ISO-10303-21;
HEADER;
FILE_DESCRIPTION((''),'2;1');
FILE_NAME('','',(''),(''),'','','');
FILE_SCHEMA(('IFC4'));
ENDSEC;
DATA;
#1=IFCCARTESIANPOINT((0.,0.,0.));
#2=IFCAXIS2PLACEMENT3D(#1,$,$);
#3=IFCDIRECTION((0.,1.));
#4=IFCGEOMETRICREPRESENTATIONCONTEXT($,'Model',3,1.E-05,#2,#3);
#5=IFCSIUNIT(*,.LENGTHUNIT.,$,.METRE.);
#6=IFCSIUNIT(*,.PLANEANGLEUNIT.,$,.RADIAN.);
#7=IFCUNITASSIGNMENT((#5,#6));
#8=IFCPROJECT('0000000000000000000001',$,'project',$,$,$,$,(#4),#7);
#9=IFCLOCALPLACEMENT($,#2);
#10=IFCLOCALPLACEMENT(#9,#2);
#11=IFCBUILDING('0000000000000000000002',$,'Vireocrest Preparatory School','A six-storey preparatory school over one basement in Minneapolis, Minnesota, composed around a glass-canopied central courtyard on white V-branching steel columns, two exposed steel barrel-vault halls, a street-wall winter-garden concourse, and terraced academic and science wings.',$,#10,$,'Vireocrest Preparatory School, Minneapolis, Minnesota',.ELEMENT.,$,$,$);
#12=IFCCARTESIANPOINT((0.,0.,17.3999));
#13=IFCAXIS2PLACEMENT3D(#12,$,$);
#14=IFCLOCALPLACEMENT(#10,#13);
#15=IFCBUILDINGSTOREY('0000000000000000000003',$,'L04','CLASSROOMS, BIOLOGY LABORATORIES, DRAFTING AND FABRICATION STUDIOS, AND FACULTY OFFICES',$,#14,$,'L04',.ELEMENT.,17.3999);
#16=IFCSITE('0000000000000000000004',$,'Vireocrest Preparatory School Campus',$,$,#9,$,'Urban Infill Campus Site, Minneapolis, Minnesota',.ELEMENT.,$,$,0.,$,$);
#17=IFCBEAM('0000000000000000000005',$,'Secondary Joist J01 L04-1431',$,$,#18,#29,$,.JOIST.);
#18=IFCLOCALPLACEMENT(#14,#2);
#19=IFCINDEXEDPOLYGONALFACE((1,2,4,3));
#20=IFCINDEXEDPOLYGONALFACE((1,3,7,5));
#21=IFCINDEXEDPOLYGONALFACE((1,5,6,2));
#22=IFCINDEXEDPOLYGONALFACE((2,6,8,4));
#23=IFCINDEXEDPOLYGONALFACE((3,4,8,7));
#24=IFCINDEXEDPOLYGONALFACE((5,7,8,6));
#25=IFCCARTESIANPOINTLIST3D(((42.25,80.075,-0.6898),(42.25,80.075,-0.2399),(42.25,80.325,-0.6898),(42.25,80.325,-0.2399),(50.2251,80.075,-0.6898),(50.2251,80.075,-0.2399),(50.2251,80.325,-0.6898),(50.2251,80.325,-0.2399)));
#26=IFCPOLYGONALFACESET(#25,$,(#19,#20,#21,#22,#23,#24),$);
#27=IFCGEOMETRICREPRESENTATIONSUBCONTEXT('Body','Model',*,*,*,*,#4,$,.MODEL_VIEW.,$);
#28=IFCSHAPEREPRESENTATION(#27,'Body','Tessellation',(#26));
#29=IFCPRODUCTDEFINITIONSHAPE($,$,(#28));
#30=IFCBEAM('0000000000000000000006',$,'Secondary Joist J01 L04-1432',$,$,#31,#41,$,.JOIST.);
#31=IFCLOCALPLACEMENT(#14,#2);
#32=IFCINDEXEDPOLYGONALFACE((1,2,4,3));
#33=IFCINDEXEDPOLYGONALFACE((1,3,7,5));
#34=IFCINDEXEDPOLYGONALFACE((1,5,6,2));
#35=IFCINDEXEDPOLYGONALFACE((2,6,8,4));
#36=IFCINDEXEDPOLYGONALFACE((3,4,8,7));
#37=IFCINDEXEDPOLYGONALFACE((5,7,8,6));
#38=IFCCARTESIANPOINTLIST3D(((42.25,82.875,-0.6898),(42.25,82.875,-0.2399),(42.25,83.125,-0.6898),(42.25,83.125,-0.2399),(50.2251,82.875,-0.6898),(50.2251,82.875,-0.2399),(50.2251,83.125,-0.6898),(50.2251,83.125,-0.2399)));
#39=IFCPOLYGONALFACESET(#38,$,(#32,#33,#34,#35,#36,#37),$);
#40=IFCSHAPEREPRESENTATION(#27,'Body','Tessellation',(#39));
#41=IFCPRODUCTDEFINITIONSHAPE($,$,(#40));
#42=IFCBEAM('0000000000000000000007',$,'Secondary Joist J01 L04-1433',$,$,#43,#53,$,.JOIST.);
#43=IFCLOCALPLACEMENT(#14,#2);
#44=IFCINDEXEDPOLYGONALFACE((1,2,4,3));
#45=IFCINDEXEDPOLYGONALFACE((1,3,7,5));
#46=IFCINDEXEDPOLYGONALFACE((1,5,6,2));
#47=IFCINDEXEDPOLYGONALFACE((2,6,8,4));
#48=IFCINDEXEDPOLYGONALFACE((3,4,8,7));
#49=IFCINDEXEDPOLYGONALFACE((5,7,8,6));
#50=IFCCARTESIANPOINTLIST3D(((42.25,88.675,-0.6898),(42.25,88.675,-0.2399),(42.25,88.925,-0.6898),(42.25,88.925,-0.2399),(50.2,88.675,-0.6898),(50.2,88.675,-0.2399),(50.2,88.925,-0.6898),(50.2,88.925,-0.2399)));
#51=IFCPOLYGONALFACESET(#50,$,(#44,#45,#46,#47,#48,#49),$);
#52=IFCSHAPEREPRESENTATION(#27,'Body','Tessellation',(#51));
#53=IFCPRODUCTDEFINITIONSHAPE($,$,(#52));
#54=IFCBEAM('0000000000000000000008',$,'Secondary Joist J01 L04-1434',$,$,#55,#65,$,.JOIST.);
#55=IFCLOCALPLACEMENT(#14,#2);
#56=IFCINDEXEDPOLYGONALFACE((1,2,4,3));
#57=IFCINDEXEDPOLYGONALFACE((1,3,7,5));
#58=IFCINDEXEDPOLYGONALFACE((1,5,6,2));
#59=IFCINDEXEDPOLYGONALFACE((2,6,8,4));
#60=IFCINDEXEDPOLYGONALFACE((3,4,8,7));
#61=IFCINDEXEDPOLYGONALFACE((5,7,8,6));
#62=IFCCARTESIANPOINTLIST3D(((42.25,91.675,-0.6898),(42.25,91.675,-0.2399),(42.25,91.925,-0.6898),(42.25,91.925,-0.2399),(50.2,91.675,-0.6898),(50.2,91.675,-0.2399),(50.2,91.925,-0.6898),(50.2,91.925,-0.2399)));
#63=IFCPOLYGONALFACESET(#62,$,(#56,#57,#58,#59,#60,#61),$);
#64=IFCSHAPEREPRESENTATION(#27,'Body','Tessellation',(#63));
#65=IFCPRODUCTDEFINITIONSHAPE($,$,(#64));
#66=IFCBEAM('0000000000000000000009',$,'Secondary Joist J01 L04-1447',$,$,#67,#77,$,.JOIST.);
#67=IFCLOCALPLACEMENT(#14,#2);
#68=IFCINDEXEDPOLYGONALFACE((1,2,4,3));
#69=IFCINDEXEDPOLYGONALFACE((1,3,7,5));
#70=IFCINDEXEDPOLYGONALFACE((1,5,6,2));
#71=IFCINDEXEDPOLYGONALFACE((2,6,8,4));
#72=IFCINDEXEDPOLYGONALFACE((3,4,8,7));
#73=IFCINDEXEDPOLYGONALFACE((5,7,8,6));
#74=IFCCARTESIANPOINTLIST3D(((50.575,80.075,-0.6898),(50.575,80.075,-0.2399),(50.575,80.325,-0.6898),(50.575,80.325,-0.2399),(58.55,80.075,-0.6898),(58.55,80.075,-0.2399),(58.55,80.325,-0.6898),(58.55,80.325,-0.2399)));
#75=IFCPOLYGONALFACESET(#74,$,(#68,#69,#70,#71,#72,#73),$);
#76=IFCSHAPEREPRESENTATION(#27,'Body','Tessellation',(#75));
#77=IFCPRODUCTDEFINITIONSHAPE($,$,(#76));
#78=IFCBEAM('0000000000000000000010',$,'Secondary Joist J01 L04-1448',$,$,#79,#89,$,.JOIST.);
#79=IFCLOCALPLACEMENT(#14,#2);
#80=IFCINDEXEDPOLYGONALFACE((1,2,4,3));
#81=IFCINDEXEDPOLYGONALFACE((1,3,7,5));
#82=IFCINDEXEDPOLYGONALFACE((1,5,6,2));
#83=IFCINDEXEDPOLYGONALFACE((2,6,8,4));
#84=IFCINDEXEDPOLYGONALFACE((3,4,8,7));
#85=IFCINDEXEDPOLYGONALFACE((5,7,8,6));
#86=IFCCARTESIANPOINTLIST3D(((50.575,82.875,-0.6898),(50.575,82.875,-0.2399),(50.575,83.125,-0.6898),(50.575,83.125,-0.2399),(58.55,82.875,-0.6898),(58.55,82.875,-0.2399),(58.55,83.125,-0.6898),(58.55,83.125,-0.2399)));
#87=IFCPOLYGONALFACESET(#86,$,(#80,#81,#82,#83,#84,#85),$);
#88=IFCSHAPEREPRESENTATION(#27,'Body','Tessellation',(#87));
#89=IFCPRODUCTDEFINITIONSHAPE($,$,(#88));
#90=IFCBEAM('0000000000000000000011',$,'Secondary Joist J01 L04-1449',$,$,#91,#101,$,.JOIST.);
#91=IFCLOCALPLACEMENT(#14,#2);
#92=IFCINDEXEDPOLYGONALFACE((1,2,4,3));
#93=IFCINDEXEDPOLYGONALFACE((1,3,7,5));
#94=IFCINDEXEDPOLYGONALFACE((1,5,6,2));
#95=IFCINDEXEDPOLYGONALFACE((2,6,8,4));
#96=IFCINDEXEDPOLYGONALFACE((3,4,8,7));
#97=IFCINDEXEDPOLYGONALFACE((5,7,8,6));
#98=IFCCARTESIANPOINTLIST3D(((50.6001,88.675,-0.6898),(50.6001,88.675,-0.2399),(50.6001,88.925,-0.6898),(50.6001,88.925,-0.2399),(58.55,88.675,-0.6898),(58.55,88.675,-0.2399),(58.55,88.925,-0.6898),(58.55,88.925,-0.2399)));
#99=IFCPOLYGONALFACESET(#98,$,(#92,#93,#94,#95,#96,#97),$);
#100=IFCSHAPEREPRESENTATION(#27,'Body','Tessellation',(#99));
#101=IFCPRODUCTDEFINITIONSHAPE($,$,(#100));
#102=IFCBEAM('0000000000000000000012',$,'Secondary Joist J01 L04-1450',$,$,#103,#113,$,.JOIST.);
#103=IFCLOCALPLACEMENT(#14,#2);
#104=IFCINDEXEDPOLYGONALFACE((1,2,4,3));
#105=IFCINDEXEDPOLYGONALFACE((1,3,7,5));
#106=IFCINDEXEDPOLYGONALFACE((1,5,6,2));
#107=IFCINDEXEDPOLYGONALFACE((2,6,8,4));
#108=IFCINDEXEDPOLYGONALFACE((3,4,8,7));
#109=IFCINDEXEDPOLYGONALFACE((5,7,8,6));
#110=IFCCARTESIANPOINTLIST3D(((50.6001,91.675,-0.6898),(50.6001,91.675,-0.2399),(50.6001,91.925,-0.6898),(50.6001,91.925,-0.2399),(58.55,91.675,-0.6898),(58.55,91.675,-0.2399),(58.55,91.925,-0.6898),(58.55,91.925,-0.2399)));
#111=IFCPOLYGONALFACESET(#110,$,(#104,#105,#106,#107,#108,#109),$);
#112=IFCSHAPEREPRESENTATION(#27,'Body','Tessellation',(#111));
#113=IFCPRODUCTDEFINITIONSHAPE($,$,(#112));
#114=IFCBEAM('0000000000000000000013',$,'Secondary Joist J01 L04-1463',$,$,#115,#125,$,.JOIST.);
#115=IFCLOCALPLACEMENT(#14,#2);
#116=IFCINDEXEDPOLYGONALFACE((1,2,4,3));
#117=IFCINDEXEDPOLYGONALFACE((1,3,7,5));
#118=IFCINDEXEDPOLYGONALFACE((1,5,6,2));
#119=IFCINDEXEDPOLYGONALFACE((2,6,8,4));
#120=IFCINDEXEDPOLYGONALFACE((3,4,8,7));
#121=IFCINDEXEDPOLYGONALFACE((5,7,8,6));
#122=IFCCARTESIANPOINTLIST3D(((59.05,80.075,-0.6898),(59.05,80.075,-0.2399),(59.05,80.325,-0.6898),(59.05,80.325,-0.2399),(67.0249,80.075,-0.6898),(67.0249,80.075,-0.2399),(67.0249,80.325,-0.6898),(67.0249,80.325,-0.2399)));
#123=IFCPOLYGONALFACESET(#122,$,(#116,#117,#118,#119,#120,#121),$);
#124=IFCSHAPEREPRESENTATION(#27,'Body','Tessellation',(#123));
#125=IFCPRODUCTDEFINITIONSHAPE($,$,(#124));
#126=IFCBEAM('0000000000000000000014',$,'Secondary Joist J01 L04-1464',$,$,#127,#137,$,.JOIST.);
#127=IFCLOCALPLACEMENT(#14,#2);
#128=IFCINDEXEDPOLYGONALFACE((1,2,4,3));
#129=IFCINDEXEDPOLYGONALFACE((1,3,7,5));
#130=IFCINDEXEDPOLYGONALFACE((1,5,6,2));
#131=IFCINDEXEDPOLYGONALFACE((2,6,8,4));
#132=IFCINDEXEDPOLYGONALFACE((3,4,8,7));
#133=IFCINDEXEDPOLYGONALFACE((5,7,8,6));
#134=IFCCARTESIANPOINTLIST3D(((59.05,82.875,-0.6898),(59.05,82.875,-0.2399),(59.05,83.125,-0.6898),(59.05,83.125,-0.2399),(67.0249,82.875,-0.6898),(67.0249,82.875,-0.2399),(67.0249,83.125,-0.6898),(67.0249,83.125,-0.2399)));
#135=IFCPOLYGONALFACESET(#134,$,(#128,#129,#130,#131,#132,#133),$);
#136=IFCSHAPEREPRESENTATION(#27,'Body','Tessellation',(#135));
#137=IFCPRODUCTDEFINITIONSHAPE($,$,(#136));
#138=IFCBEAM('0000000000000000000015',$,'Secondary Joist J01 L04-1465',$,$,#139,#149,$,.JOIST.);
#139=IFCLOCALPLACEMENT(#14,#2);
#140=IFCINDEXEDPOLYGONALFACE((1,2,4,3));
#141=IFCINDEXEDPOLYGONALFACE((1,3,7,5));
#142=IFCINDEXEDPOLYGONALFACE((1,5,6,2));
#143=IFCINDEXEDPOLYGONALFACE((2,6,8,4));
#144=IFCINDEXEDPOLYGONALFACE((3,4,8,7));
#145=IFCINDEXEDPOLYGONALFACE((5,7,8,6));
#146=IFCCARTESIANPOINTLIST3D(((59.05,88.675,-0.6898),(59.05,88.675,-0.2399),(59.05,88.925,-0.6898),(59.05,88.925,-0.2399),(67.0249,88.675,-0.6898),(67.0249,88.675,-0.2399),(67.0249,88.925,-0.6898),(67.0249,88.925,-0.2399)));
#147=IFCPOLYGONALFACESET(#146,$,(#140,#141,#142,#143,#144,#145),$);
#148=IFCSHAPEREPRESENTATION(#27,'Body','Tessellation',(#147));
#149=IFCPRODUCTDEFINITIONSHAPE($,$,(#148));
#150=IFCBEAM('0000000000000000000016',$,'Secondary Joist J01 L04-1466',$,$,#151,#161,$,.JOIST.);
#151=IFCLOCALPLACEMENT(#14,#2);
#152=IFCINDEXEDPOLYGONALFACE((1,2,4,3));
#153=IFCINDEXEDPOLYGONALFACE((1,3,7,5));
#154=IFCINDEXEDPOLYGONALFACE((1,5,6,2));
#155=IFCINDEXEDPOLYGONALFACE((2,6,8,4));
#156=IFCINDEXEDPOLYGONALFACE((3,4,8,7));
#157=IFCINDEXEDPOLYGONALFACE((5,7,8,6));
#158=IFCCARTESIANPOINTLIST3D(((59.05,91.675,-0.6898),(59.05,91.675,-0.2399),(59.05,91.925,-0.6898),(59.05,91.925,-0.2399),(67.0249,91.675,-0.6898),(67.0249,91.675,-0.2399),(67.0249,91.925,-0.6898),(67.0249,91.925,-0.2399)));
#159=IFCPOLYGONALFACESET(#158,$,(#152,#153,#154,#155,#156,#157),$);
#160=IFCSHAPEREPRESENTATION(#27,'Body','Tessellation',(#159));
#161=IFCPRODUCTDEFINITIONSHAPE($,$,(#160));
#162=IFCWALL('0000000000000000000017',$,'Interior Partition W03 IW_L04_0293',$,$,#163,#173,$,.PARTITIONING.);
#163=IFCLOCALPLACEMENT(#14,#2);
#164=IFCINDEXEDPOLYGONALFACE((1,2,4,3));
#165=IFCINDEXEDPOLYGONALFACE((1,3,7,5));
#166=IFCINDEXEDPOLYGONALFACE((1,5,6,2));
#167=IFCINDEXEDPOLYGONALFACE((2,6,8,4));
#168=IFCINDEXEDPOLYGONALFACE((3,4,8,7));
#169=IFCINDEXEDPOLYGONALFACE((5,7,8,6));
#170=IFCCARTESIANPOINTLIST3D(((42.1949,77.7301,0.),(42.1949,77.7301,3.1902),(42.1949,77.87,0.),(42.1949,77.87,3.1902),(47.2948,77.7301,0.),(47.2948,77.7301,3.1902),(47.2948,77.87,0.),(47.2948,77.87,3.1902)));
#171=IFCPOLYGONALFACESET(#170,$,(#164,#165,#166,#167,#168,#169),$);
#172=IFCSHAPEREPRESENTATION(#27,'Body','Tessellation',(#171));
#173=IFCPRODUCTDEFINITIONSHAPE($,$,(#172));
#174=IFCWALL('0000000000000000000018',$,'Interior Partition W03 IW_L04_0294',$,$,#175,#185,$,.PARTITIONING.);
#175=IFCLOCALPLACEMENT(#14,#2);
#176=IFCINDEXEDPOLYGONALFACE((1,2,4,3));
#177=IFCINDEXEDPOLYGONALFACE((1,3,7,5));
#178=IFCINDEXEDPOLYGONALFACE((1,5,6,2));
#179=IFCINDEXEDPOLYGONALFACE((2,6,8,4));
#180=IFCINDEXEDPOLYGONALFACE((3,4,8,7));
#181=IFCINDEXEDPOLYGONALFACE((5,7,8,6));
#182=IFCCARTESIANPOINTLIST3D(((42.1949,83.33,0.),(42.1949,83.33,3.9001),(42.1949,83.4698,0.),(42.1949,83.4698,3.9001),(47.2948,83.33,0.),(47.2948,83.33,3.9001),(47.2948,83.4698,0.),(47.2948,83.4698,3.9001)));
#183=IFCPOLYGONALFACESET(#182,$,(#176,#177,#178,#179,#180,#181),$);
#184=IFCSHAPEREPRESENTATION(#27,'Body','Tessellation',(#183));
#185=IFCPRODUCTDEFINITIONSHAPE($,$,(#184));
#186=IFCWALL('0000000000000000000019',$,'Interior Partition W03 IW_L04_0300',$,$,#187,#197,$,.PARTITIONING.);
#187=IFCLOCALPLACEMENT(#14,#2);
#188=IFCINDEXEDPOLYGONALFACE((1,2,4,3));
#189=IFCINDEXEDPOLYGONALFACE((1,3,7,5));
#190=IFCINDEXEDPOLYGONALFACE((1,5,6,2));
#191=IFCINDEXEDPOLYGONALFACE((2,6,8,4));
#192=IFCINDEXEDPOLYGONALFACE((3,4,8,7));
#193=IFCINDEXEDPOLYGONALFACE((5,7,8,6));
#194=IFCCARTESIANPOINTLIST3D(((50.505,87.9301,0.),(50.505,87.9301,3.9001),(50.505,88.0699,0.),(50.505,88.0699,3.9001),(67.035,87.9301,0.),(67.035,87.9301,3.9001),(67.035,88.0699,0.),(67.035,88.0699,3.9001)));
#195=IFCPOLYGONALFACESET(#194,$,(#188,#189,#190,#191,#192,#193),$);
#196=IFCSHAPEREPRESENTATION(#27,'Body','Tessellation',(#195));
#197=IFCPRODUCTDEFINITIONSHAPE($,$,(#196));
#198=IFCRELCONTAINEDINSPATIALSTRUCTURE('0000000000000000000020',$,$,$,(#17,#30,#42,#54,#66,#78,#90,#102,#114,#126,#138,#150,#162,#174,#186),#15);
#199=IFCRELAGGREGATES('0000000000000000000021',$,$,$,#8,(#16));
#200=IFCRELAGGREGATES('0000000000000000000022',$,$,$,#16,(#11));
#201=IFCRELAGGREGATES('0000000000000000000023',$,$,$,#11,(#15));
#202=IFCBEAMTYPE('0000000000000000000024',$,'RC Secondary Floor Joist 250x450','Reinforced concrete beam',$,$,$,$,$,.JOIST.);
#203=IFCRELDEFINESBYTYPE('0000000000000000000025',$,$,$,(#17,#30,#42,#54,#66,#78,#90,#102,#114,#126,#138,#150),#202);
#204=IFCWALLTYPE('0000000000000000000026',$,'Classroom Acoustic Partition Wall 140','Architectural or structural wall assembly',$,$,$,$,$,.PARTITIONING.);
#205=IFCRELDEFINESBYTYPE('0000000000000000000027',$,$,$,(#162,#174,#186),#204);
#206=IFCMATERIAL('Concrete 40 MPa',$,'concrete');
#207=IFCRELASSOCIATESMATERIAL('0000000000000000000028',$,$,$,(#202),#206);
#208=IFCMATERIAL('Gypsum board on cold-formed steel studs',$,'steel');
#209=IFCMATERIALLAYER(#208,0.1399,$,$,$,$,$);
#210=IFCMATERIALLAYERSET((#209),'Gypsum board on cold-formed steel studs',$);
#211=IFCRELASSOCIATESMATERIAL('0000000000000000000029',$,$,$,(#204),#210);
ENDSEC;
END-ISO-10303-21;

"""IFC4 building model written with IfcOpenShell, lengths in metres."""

from ifc_helpers import new_model, si_unit, direction, frame, frame_2d, origin, origin_2d, place, context, subcontext, project, spatial, rectangle, extrude, material, layer, layer_set, material_profile, profile_set, type_object, element, save


model = new_model("IFC4")

# Units and contexts
model_context = context("Model", 3, precision=1e-05, world=origin(), true_north=direction((0.0, 1.0)))
body_context = subcontext(model_context, "Body", "Model", "MODEL_VIEW")
ifc_project = project(units=[si_unit("LENGTHUNIT", "METRE"), si_unit("PLANEANGLEUNIT", "RADIAN")], contexts=[model_context])

# Site, building, storey
site_placement = place(None, origin())
site = spatial("IfcSite", under=ifc_project, at=site_placement, Name="Vireocrest Preparatory School Campus", LongName="Urban Infill Campus Site, Minneapolis, Minnesota", CompositionType="ELEMENT", RefElevation=0.0)
building_placement = place(site_placement, origin())
building = spatial("IfcBuilding", under=site, at=building_placement, Name="Vireocrest Preparatory School", Description="A six-storey preparatory school over one basement in Minneapolis, Minnesota, composed around a glass-canopied central courtyard on white V-branching steel columns, two exposed steel barrel-vault halls, a street-wall winter-garden concourse, and terraced academic and science wings.", LongName="Vireocrest Preparatory School, Minneapolis, Minnesota", CompositionType="ELEMENT")
storey_placement = place(building_placement, frame((0.0, 0.0, 17.3999)))
storey = spatial("IfcBuildingStorey", under=building, at=storey_placement, Name="L04", Description="CLASSROOMS, BIOLOGY LABORATORIES, DRAFTING AND FABRICATION STUDIOS, AND FACULTY OFFICES", LongName="L04", CompositionType="ELEMENT", Elevation=17.3999)

# Beams
ifc_material_1 = material(Name="Concrete 40 MPa", Category="concrete")
ifc_material_profile_1 = material_profile(ifc_material_1, rectangle(XDim=0.25, YDim=0.45, at=origin_2d()), Name="RC 250x450")
ifc_profile_set_1 = profile_set([ifc_material_profile_1], Name="Concrete 40 MPa")
beam_type_1 = type_object("IfcBeamType", Name="RC Secondary Floor Joist 250x450", Description="Reinforced concrete beam", PredefinedType="JOIST", material=ifc_profile_set_1)
for number, where, z_axis, x_axis, name in (
    (1, (42.25, 80.2, -0.4648), (1.0, 0.0, 0.0), (0.0, 1.0, 0.0), "Secondary Joist J01 L04-1431"),
    (2, (42.25, 83.0, -0.4648), (1.0, 0.0, 0.0), (0.0, 1.0, 0.0), "Secondary Joist J01 L04-1432"),
):
    element("IfcBeam", number, at=place(storey_placement, frame(where, z_axis=z_axis, x_axis=x_axis)), inside=storey, type_object=beam_type_1, Name=name, PredefinedType="JOIST", context=body_context, shape_type="SweptSolid", body=[
        extrude(rectangle(XDim=0.25, YDim=0.45, at=origin_2d()), origin(), (0.0, 0.0, 1.0), 7.9751),
    ])
for number, where, z_axis, x_axis, name in (
    (3, (42.25, 88.8, -0.4648), (1.0, 0.0, 0.0), (0.0, 1.0, 0.0), "Secondary Joist J01 L04-1433"),
    (4, (42.25, 91.8, -0.4648), (1.0, 0.0, 0.0), (0.0, 1.0, 0.0), "Secondary Joist J01 L04-1434"),
):
    element("IfcBeam", number, at=place(storey_placement, frame(where, z_axis=z_axis, x_axis=x_axis)), inside=storey, type_object=beam_type_1, Name=name, PredefinedType="JOIST", context=body_context, shape_type="SweptSolid", body=[
        extrude(rectangle(XDim=0.25, YDim=0.45, at=origin_2d()), origin(), (0.0, 0.0, 1.0), 7.95),
    ])
for number, where, z_axis, x_axis, name in (
    (5, (50.575, 80.2, -0.4648), (1.0, 0.0, 0.0), (0.0, 1.0, 0.0), "Secondary Joist J01 L04-1447"),
    (6, (50.575, 83.0, -0.4648), (1.0, 0.0, 0.0), (0.0, 1.0, 0.0), "Secondary Joist J01 L04-1448"),
):
    element("IfcBeam", number, at=place(storey_placement, frame(where, z_axis=z_axis, x_axis=x_axis)), inside=storey, type_object=beam_type_1, Name=name, PredefinedType="JOIST", context=body_context, shape_type="SweptSolid", body=[
        extrude(rectangle(XDim=0.25, YDim=0.45, at=origin_2d()), origin(), (0.0, 0.0, 1.0), 7.9751),
    ])
for number, where, z_axis, x_axis, name in (
    (7, (50.6001, 88.8, -0.4648), (1.0, 0.0, 0.0), (0.0, 1.0, 0.0), "Secondary Joist J01 L04-1449"),
    (8, (50.6001, 91.8, -0.4648), (1.0, 0.0, 0.0), (0.0, 1.0, 0.0), "Secondary Joist J01 L04-1450"),
):
    element("IfcBeam", number, at=place(storey_placement, frame(where, z_axis=z_axis, x_axis=x_axis)), inside=storey, type_object=beam_type_1, Name=name, PredefinedType="JOIST", context=body_context, shape_type="SweptSolid", body=[
        extrude(rectangle(XDim=0.25, YDim=0.45, at=origin_2d()), origin(), (0.0, 0.0, 1.0), 7.95),
    ])
for number, where, z_axis, x_axis, name in (
    (9, (59.05, 80.2, -0.4648), (1.0, 0.0, 0.0), (0.0, 1.0, 0.0), "Secondary Joist J01 L04-1463"),
    (10, (59.05, 83.0, -0.4648), (1.0, 0.0, 0.0), (0.0, 1.0, 0.0), "Secondary Joist J01 L04-1464"),
    (11, (59.05, 88.8, -0.4648), (1.0, 0.0, 0.0), (0.0, 1.0, 0.0), "Secondary Joist J01 L04-1465"),
    (12, (59.05, 91.8, -0.4648), (1.0, 0.0, 0.0), (0.0, 1.0, 0.0), "Secondary Joist J01 L04-1466"),
):
    element("IfcBeam", number, at=place(storey_placement, frame(where, z_axis=z_axis, x_axis=x_axis)), inside=storey, type_object=beam_type_1, Name=name, PredefinedType="JOIST", context=body_context, shape_type="SweptSolid", body=[
        extrude(rectangle(XDim=0.25, YDim=0.45, at=origin_2d()), origin(), (0.0, 0.0, 1.0), 7.9749),
    ])

# Walls
ifc_material_2 = material(Name="Gypsum board on cold-formed steel studs", Category="steel")
ifc_layer_1 = layer(ifc_material_2, 0.1399)
ifc_layer_set_1 = layer_set([ifc_layer_1], Name="Gypsum board on cold-formed steel studs")
wall_type_1 = type_object("IfcWallType", Name="Classroom Acoustic Partition Wall 140", Description="Architectural or structural wall assembly", PredefinedType="PARTITIONING", material=ifc_layer_set_1)
wall_1_placement = place(storey_placement, frame((42.1951, 77.8, 0.0), z_axis=(0.0, 0.0, 1.0), x_axis=(1.0, 0.0, 0.0)))
element("IfcWall", 13, at=wall_1_placement, inside=storey, type_object=wall_type_1, Name="Interior Partition W03 IW_L04_0293", PredefinedType="PARTITIONING", context=body_context, shape_type="SweptSolid", body=[
    extrude(rectangle(XDim=5.0999, YDim=0.1399, at=frame_2d((2.5498, 0.0))), origin(), (0.0, 0.0, 1.0), 3.1902),
])
wall_2_placement = place(storey_placement, frame((42.1951, 83.3999, 0.0), z_axis=(0.0, 0.0, 1.0), x_axis=(1.0, 0.0, 0.0)))
element("IfcWall", 14, at=wall_2_placement, inside=storey, type_object=wall_type_1, Name="Interior Partition W03 IW_L04_0294", PredefinedType="PARTITIONING", context=body_context, shape_type="SweptSolid", body=[
    extrude(rectangle(XDim=5.0999, YDim=0.1399, at=frame_2d((2.5498, 0.0))), origin(), (0.0, 0.0, 1.0), 3.9001),
])
wall_3_placement = place(storey_placement, frame((50.5049, 88.0, 0.0), z_axis=(0.0, 0.0, 1.0), x_axis=(1.0, 0.0, 0.0)))
element("IfcWall", 15, at=wall_3_placement, inside=storey, type_object=wall_type_1, Name="Interior Partition W03 IW_L04_0300", PredefinedType="PARTITIONING", context=body_context, shape_type="SweptSolid", body=[
    extrude(rectangle(XDim=16.53, YDim=0.1399, at=frame_2d((8.2651, 0.0))), origin(), (0.0, 0.0, 1.0), 3.9001),
])

save(model, "model.ifc")
